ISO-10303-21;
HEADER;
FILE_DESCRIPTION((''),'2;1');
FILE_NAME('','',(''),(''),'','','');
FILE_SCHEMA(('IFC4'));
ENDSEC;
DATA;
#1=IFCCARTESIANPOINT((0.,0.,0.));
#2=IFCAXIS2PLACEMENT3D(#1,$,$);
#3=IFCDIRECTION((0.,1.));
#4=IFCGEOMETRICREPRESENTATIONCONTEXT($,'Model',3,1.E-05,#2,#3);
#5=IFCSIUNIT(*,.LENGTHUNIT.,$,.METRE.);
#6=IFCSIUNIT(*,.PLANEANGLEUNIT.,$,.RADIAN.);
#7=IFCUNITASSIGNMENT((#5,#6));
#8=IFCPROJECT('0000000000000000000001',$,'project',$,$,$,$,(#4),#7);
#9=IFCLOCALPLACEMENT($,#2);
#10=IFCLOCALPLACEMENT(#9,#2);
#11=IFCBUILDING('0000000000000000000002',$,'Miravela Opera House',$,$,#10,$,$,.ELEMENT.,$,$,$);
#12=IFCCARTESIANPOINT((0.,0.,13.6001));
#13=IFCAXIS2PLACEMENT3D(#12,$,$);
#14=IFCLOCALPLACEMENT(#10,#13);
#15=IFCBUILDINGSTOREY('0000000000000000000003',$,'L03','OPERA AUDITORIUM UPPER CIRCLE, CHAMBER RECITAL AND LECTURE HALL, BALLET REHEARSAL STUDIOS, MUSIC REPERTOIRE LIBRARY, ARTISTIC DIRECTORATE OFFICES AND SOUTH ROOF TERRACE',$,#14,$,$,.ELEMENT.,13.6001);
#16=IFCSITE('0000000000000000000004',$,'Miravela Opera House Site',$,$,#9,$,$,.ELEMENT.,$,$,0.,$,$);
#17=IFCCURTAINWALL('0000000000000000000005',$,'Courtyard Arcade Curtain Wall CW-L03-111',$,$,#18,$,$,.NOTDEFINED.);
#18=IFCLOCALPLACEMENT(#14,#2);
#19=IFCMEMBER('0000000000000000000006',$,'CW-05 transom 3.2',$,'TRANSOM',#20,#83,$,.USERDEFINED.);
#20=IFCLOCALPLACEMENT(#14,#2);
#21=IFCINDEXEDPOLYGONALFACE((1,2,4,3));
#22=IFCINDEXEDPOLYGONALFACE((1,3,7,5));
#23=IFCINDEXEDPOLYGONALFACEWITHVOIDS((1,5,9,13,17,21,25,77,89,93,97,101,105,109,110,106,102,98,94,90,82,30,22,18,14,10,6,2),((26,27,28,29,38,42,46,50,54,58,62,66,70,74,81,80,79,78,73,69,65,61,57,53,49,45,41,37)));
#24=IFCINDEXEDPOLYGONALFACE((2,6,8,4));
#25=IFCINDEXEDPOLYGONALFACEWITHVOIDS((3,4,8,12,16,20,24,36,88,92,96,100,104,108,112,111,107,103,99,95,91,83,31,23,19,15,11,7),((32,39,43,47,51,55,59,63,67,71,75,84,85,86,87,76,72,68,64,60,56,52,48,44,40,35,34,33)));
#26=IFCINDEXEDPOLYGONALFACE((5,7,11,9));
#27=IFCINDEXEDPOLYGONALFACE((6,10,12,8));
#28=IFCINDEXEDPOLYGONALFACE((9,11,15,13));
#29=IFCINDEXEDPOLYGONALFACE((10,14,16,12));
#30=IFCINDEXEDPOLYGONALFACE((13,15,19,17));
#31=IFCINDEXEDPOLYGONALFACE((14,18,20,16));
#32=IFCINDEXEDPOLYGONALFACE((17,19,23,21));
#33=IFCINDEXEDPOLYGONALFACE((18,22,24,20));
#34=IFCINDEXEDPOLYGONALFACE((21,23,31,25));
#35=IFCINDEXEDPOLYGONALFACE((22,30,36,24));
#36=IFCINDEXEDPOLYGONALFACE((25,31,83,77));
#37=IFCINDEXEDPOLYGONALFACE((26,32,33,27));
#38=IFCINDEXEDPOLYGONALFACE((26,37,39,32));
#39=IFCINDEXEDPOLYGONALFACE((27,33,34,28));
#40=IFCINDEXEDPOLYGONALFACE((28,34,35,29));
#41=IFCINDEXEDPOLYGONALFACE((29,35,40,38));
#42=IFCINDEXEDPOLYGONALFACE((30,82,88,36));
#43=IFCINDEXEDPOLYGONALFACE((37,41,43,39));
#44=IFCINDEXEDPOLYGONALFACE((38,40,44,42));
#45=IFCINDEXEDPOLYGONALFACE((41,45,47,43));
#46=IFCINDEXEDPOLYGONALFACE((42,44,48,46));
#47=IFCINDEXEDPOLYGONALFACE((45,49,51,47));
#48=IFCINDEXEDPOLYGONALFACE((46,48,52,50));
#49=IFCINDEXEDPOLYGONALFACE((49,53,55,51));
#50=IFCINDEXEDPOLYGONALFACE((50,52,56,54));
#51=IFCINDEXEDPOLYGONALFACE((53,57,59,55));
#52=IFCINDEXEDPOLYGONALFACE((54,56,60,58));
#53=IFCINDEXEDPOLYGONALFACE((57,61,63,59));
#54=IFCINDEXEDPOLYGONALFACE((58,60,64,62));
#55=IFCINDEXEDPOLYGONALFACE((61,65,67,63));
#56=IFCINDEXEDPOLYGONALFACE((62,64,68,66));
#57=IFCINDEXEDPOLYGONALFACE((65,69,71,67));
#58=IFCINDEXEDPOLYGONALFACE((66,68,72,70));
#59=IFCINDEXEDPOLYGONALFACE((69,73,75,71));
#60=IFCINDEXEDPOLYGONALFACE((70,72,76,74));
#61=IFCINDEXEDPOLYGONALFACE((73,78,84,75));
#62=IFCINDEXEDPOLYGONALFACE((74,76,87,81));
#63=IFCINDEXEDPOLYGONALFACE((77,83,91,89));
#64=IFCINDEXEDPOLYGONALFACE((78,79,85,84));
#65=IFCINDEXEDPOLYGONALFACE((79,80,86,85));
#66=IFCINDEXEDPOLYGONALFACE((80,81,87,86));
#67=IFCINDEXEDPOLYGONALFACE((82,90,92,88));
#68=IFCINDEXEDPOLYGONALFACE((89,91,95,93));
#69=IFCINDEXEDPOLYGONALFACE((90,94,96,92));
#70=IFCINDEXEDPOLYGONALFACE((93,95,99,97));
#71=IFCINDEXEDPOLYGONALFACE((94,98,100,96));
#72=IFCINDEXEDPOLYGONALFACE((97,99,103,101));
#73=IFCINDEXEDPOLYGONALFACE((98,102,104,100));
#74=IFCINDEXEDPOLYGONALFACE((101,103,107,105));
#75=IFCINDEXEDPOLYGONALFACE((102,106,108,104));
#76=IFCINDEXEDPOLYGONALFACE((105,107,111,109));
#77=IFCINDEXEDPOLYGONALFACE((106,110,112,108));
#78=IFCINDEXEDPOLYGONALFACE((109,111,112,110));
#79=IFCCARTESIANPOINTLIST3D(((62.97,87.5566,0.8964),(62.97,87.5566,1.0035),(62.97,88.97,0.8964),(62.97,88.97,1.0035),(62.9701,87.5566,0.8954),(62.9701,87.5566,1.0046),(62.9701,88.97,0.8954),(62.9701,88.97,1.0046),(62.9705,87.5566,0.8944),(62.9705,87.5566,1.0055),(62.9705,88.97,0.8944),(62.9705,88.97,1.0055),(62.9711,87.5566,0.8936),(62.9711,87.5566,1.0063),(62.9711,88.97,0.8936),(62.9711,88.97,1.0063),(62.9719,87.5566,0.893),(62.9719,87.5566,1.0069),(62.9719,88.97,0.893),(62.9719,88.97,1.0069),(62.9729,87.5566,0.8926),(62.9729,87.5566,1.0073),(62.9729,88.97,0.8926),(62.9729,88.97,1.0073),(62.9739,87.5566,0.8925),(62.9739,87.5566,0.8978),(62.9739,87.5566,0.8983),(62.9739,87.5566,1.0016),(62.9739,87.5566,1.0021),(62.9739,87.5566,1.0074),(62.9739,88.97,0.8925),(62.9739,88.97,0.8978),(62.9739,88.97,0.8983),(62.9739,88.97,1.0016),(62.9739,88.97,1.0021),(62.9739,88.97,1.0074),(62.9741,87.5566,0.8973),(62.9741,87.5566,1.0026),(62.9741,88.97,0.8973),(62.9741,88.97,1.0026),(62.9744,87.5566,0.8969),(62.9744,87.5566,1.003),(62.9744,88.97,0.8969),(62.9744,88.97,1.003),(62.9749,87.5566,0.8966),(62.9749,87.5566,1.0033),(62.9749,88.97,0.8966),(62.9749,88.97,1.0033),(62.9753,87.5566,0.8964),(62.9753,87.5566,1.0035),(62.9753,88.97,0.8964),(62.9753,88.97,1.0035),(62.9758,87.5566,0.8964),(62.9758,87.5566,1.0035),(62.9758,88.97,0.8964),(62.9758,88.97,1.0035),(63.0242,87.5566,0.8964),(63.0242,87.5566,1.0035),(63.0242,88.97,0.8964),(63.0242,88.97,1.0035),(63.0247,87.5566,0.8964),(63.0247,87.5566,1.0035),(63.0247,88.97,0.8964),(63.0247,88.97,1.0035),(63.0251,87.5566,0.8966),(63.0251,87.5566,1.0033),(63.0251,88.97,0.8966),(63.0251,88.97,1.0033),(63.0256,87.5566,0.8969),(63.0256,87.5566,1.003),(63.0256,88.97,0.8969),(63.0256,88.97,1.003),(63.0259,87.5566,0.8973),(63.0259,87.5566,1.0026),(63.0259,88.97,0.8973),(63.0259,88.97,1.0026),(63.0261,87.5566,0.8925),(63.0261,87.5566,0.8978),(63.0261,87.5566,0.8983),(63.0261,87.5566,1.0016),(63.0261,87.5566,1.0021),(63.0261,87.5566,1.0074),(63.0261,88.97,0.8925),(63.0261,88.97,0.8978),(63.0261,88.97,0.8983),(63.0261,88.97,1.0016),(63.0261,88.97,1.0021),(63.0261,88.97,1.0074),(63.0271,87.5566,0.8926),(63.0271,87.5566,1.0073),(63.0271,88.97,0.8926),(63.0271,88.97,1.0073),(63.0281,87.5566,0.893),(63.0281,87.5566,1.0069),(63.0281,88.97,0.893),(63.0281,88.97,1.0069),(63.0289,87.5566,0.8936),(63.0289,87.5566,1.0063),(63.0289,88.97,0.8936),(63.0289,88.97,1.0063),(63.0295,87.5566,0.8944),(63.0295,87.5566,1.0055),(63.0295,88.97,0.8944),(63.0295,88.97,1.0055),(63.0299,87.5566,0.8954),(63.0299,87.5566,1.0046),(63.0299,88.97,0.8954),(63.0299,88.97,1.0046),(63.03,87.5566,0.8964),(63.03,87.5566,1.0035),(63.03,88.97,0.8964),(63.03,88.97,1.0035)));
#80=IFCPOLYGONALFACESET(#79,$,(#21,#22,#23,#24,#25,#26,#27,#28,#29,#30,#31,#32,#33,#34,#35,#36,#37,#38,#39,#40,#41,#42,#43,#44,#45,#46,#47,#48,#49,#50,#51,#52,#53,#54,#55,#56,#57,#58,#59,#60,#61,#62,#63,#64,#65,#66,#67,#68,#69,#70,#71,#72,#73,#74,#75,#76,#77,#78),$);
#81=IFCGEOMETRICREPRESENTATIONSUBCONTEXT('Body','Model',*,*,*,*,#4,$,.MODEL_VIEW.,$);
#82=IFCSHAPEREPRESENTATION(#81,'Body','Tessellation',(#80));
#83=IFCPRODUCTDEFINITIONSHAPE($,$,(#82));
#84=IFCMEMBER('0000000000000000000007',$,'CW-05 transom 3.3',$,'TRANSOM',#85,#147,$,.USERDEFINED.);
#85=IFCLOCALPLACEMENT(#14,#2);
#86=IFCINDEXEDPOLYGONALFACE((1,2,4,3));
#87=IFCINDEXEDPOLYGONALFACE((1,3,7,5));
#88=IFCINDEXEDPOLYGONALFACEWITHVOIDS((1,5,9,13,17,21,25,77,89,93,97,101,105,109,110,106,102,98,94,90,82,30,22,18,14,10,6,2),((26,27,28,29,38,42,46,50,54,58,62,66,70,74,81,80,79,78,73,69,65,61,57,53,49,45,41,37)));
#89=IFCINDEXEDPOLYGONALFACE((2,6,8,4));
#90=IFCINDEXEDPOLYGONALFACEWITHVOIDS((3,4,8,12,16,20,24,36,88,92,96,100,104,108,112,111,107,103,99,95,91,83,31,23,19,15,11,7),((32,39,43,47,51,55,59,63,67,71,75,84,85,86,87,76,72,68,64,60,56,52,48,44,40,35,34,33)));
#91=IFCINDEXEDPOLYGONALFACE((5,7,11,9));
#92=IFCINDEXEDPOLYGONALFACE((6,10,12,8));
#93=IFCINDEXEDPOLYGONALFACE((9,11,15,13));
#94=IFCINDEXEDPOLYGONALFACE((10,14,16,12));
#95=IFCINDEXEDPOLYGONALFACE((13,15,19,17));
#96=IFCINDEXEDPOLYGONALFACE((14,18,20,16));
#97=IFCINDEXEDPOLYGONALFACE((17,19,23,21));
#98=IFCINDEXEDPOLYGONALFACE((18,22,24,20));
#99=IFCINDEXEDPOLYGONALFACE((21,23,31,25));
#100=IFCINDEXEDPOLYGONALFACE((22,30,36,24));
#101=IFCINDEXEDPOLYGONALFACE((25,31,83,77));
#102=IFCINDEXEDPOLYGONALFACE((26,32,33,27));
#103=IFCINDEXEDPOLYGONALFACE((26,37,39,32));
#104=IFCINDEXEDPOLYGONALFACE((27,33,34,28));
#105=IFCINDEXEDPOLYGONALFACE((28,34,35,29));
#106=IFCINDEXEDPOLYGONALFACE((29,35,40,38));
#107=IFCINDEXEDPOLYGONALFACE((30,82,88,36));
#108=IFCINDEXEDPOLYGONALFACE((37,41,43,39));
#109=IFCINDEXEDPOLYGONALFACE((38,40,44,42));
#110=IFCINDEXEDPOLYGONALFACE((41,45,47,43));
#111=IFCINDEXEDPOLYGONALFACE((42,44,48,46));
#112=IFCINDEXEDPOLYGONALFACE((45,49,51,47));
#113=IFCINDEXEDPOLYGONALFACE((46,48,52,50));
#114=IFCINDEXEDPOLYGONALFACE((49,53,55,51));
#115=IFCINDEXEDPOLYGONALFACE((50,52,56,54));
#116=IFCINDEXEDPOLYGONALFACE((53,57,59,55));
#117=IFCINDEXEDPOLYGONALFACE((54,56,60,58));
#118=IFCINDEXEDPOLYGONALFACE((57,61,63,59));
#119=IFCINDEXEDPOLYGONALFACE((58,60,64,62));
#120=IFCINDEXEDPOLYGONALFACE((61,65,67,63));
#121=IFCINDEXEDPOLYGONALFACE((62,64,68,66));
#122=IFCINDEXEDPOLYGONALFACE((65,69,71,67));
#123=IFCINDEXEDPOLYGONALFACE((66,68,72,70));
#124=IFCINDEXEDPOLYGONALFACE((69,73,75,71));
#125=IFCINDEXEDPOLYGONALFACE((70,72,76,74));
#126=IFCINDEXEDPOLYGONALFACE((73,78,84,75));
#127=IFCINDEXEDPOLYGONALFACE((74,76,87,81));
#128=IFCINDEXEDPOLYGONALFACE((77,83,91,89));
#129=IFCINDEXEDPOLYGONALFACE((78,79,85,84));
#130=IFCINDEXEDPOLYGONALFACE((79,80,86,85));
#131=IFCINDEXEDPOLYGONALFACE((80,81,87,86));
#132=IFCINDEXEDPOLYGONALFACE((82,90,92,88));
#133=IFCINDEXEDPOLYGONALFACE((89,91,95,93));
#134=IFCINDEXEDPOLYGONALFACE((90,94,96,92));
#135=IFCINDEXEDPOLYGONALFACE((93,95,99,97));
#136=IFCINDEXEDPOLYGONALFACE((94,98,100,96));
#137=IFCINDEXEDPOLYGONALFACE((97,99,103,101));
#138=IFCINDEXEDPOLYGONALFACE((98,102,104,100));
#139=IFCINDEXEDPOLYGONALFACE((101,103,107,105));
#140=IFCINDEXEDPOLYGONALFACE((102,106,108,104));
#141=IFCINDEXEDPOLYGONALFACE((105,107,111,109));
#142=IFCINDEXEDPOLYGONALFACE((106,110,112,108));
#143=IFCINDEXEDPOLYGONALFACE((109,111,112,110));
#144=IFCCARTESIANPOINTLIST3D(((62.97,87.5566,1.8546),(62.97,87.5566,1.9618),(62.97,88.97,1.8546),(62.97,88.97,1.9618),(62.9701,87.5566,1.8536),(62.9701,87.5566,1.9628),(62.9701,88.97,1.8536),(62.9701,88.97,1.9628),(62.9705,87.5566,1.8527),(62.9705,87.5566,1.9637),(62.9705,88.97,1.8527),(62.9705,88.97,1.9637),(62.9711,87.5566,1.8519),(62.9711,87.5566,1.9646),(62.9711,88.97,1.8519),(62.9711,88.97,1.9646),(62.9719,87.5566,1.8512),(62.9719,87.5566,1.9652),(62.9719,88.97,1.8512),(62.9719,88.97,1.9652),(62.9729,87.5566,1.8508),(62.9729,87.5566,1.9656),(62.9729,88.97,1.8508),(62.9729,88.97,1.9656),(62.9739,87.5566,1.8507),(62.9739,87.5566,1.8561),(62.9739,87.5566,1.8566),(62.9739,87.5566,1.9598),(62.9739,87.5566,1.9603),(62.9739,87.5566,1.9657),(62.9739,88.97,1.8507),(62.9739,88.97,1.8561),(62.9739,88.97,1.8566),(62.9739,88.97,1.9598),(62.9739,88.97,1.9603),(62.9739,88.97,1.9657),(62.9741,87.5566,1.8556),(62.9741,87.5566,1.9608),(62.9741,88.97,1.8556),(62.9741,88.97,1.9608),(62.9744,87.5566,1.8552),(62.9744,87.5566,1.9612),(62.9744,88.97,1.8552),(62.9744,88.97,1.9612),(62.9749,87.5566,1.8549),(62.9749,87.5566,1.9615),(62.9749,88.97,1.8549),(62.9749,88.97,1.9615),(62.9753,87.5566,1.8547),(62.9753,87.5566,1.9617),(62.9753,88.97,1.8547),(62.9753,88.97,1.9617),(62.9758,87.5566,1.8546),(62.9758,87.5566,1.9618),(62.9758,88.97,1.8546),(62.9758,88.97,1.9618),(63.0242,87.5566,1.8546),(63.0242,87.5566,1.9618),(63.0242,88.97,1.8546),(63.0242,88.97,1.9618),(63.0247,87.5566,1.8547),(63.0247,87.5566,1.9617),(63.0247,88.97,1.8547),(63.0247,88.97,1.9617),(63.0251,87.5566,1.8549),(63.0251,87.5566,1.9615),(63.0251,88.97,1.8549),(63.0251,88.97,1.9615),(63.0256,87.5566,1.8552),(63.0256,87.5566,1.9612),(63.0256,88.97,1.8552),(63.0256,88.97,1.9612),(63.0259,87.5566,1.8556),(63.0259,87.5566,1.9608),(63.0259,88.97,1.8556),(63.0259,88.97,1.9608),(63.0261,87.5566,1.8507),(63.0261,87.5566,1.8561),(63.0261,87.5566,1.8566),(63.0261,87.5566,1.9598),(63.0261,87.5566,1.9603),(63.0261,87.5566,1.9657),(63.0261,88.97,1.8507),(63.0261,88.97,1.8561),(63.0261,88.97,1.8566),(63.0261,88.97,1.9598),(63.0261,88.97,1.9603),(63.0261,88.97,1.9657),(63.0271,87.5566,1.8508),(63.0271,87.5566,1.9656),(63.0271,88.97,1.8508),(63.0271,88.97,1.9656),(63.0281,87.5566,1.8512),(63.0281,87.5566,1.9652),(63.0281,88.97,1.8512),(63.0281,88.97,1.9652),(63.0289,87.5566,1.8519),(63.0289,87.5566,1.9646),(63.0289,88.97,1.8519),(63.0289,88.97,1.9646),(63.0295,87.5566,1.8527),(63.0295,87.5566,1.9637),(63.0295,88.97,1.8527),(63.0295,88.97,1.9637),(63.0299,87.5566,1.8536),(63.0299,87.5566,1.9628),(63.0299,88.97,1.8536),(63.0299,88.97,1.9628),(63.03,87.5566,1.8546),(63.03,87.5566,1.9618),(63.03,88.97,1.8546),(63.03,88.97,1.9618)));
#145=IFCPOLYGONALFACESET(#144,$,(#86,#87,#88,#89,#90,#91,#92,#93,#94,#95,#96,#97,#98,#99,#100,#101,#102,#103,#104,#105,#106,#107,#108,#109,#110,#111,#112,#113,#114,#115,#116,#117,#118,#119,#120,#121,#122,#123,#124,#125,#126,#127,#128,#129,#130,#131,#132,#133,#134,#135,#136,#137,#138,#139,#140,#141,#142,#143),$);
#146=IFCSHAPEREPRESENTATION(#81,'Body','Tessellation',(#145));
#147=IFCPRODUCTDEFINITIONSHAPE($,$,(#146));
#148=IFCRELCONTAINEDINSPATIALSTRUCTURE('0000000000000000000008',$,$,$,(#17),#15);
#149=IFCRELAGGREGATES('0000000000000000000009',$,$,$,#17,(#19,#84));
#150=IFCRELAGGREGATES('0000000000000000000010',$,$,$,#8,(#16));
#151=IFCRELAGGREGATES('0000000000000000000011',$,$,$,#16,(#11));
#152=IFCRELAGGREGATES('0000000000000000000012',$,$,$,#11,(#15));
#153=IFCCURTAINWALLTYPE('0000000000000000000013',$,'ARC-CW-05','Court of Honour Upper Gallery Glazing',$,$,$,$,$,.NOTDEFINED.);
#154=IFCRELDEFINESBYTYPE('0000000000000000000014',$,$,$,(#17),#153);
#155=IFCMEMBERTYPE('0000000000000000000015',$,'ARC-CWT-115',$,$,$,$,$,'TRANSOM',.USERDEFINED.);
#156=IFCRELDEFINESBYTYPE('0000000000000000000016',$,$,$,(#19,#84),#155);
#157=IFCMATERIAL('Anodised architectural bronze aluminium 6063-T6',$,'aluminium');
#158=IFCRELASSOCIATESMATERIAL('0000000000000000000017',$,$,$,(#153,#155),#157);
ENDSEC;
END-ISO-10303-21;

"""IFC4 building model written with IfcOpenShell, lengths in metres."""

from ifc_helpers import new_model, si_unit, direction, frame, origin, origin_2d, place, context, subcontext, project, spatial, hollow_rectangle, extrude, material, material_profile, profile_set, type_object, element, aggregate, save


model = new_model("IFC4")

# Units and contexts
model_context = context("Model", 3, precision=1e-05, world=origin(), true_north=direction((0.0, 1.0)))
body_context = subcontext(model_context, "Body", "Model", "MODEL_VIEW")
ifc_project = project(units=[si_unit("LENGTHUNIT", "METRE"), si_unit("PLANEANGLEUNIT", "RADIAN")], contexts=[model_context])

# Site, building, storey
site_placement = place(None, origin())
site = spatial("IfcSite", under=ifc_project, at=site_placement, Name="Miravela Opera House Site", CompositionType="ELEMENT", RefElevation=0.0)
building_placement = place(site_placement, origin())
building = spatial("IfcBuilding", under=site, at=building_placement, Name="Miravela Opera House", CompositionType="ELEMENT")
storey_placement = place(building_placement, frame((0.0, 0.0, 13.6001)))
storey = spatial("IfcBuildingStorey", under=building, at=storey_placement, Name="L03", Description="OPERA AUDITORIUM UPPER CIRCLE, CHAMBER RECITAL AND LECTURE HALL, BALLET REHEARSAL STUDIOS, MUSIC REPERTOIRE LIBRARY, ARTISTIC DIRECTORATE OFFICES AND SOUTH ROOF TERRACE", CompositionType="ELEMENT", Elevation=13.6001)

# Curtain wall, members
ifc_material_1 = material(Name="Anodised architectural bronze aluminium 6063-T6", Category="aluminium")
curtain_wall_type = type_object("IfcCurtainWallType", Name="ARC-CW-05", Description="Court of Honour Upper Gallery Glazing", PredefinedType="NOTDEFINED", material=ifc_material_1)
curtain_wall_placement = place(storey_placement, origin())
curtain_wall = element("IfcCurtainWall", 1, at=curtain_wall_placement, inside=storey, type_object=curtain_wall_type, Name="Courtyard Arcade Curtain Wall CW-L03-111", PredefinedType="NOTDEFINED")
ifc_material_profile_1 = material_profile(ifc_material_1, hollow_rectangle(XDim=0.0601, YDim=0.115, WallThickness=0.0039, InnerFilletRadius=0.002, OuterFilletRadius=0.0039, at=origin_2d()), Name="CWT-60X115")
ifc_profile_set_1 = profile_set([ifc_material_profile_1])
member_type_1 = type_object("IfcMemberType", Name="ARC-CWT-115", ElementType="TRANSOM", PredefinedType="USERDEFINED", material=ifc_profile_set_1)
member_1_placement = place(storey_placement, frame((63.0, 87.5566, 0.95), z_axis=(0.0, 1.0, 0.0), x_axis=(-1.0, 0.0, 0.0)))
member_1 = element("IfcMember", 2, at=member_1_placement, type_object=member_type_1, Name="CW-05 transom 3.2", ObjectType="TRANSOM", PredefinedType="USERDEFINED", context=body_context, shape_type="SweptSolid", body=[
    extrude(hollow_rectangle(XDim=0.0601, YDim=0.115, WallThickness=0.0039, InnerFilletRadius=0.002, OuterFilletRadius=0.0039, at=origin_2d()), origin(), (0.0, 0.0, 1.0), 1.4133),
])
member_2_placement = place(storey_placement, frame((63.0, 87.5566, 1.9082), z_axis=(0.0, 1.0, 0.0), x_axis=(-1.0, 0.0, 0.0)))
member_2 = element("IfcMember", 3, at=member_2_placement, type_object=member_type_1, Name="CW-05 transom 3.3", ObjectType="TRANSOM", PredefinedType="USERDEFINED", context=body_context, shape_type="SweptSolid", body=[
    extrude(hollow_rectangle(XDim=0.0601, YDim=0.115, WallThickness=0.0039, InnerFilletRadius=0.002, OuterFilletRadius=0.0039, at=origin_2d()), origin(), (0.0, 0.0, 1.0), 1.4133),
])
aggregate(curtain_wall, [member_1, member_2])

save(model, "model.ifc")
